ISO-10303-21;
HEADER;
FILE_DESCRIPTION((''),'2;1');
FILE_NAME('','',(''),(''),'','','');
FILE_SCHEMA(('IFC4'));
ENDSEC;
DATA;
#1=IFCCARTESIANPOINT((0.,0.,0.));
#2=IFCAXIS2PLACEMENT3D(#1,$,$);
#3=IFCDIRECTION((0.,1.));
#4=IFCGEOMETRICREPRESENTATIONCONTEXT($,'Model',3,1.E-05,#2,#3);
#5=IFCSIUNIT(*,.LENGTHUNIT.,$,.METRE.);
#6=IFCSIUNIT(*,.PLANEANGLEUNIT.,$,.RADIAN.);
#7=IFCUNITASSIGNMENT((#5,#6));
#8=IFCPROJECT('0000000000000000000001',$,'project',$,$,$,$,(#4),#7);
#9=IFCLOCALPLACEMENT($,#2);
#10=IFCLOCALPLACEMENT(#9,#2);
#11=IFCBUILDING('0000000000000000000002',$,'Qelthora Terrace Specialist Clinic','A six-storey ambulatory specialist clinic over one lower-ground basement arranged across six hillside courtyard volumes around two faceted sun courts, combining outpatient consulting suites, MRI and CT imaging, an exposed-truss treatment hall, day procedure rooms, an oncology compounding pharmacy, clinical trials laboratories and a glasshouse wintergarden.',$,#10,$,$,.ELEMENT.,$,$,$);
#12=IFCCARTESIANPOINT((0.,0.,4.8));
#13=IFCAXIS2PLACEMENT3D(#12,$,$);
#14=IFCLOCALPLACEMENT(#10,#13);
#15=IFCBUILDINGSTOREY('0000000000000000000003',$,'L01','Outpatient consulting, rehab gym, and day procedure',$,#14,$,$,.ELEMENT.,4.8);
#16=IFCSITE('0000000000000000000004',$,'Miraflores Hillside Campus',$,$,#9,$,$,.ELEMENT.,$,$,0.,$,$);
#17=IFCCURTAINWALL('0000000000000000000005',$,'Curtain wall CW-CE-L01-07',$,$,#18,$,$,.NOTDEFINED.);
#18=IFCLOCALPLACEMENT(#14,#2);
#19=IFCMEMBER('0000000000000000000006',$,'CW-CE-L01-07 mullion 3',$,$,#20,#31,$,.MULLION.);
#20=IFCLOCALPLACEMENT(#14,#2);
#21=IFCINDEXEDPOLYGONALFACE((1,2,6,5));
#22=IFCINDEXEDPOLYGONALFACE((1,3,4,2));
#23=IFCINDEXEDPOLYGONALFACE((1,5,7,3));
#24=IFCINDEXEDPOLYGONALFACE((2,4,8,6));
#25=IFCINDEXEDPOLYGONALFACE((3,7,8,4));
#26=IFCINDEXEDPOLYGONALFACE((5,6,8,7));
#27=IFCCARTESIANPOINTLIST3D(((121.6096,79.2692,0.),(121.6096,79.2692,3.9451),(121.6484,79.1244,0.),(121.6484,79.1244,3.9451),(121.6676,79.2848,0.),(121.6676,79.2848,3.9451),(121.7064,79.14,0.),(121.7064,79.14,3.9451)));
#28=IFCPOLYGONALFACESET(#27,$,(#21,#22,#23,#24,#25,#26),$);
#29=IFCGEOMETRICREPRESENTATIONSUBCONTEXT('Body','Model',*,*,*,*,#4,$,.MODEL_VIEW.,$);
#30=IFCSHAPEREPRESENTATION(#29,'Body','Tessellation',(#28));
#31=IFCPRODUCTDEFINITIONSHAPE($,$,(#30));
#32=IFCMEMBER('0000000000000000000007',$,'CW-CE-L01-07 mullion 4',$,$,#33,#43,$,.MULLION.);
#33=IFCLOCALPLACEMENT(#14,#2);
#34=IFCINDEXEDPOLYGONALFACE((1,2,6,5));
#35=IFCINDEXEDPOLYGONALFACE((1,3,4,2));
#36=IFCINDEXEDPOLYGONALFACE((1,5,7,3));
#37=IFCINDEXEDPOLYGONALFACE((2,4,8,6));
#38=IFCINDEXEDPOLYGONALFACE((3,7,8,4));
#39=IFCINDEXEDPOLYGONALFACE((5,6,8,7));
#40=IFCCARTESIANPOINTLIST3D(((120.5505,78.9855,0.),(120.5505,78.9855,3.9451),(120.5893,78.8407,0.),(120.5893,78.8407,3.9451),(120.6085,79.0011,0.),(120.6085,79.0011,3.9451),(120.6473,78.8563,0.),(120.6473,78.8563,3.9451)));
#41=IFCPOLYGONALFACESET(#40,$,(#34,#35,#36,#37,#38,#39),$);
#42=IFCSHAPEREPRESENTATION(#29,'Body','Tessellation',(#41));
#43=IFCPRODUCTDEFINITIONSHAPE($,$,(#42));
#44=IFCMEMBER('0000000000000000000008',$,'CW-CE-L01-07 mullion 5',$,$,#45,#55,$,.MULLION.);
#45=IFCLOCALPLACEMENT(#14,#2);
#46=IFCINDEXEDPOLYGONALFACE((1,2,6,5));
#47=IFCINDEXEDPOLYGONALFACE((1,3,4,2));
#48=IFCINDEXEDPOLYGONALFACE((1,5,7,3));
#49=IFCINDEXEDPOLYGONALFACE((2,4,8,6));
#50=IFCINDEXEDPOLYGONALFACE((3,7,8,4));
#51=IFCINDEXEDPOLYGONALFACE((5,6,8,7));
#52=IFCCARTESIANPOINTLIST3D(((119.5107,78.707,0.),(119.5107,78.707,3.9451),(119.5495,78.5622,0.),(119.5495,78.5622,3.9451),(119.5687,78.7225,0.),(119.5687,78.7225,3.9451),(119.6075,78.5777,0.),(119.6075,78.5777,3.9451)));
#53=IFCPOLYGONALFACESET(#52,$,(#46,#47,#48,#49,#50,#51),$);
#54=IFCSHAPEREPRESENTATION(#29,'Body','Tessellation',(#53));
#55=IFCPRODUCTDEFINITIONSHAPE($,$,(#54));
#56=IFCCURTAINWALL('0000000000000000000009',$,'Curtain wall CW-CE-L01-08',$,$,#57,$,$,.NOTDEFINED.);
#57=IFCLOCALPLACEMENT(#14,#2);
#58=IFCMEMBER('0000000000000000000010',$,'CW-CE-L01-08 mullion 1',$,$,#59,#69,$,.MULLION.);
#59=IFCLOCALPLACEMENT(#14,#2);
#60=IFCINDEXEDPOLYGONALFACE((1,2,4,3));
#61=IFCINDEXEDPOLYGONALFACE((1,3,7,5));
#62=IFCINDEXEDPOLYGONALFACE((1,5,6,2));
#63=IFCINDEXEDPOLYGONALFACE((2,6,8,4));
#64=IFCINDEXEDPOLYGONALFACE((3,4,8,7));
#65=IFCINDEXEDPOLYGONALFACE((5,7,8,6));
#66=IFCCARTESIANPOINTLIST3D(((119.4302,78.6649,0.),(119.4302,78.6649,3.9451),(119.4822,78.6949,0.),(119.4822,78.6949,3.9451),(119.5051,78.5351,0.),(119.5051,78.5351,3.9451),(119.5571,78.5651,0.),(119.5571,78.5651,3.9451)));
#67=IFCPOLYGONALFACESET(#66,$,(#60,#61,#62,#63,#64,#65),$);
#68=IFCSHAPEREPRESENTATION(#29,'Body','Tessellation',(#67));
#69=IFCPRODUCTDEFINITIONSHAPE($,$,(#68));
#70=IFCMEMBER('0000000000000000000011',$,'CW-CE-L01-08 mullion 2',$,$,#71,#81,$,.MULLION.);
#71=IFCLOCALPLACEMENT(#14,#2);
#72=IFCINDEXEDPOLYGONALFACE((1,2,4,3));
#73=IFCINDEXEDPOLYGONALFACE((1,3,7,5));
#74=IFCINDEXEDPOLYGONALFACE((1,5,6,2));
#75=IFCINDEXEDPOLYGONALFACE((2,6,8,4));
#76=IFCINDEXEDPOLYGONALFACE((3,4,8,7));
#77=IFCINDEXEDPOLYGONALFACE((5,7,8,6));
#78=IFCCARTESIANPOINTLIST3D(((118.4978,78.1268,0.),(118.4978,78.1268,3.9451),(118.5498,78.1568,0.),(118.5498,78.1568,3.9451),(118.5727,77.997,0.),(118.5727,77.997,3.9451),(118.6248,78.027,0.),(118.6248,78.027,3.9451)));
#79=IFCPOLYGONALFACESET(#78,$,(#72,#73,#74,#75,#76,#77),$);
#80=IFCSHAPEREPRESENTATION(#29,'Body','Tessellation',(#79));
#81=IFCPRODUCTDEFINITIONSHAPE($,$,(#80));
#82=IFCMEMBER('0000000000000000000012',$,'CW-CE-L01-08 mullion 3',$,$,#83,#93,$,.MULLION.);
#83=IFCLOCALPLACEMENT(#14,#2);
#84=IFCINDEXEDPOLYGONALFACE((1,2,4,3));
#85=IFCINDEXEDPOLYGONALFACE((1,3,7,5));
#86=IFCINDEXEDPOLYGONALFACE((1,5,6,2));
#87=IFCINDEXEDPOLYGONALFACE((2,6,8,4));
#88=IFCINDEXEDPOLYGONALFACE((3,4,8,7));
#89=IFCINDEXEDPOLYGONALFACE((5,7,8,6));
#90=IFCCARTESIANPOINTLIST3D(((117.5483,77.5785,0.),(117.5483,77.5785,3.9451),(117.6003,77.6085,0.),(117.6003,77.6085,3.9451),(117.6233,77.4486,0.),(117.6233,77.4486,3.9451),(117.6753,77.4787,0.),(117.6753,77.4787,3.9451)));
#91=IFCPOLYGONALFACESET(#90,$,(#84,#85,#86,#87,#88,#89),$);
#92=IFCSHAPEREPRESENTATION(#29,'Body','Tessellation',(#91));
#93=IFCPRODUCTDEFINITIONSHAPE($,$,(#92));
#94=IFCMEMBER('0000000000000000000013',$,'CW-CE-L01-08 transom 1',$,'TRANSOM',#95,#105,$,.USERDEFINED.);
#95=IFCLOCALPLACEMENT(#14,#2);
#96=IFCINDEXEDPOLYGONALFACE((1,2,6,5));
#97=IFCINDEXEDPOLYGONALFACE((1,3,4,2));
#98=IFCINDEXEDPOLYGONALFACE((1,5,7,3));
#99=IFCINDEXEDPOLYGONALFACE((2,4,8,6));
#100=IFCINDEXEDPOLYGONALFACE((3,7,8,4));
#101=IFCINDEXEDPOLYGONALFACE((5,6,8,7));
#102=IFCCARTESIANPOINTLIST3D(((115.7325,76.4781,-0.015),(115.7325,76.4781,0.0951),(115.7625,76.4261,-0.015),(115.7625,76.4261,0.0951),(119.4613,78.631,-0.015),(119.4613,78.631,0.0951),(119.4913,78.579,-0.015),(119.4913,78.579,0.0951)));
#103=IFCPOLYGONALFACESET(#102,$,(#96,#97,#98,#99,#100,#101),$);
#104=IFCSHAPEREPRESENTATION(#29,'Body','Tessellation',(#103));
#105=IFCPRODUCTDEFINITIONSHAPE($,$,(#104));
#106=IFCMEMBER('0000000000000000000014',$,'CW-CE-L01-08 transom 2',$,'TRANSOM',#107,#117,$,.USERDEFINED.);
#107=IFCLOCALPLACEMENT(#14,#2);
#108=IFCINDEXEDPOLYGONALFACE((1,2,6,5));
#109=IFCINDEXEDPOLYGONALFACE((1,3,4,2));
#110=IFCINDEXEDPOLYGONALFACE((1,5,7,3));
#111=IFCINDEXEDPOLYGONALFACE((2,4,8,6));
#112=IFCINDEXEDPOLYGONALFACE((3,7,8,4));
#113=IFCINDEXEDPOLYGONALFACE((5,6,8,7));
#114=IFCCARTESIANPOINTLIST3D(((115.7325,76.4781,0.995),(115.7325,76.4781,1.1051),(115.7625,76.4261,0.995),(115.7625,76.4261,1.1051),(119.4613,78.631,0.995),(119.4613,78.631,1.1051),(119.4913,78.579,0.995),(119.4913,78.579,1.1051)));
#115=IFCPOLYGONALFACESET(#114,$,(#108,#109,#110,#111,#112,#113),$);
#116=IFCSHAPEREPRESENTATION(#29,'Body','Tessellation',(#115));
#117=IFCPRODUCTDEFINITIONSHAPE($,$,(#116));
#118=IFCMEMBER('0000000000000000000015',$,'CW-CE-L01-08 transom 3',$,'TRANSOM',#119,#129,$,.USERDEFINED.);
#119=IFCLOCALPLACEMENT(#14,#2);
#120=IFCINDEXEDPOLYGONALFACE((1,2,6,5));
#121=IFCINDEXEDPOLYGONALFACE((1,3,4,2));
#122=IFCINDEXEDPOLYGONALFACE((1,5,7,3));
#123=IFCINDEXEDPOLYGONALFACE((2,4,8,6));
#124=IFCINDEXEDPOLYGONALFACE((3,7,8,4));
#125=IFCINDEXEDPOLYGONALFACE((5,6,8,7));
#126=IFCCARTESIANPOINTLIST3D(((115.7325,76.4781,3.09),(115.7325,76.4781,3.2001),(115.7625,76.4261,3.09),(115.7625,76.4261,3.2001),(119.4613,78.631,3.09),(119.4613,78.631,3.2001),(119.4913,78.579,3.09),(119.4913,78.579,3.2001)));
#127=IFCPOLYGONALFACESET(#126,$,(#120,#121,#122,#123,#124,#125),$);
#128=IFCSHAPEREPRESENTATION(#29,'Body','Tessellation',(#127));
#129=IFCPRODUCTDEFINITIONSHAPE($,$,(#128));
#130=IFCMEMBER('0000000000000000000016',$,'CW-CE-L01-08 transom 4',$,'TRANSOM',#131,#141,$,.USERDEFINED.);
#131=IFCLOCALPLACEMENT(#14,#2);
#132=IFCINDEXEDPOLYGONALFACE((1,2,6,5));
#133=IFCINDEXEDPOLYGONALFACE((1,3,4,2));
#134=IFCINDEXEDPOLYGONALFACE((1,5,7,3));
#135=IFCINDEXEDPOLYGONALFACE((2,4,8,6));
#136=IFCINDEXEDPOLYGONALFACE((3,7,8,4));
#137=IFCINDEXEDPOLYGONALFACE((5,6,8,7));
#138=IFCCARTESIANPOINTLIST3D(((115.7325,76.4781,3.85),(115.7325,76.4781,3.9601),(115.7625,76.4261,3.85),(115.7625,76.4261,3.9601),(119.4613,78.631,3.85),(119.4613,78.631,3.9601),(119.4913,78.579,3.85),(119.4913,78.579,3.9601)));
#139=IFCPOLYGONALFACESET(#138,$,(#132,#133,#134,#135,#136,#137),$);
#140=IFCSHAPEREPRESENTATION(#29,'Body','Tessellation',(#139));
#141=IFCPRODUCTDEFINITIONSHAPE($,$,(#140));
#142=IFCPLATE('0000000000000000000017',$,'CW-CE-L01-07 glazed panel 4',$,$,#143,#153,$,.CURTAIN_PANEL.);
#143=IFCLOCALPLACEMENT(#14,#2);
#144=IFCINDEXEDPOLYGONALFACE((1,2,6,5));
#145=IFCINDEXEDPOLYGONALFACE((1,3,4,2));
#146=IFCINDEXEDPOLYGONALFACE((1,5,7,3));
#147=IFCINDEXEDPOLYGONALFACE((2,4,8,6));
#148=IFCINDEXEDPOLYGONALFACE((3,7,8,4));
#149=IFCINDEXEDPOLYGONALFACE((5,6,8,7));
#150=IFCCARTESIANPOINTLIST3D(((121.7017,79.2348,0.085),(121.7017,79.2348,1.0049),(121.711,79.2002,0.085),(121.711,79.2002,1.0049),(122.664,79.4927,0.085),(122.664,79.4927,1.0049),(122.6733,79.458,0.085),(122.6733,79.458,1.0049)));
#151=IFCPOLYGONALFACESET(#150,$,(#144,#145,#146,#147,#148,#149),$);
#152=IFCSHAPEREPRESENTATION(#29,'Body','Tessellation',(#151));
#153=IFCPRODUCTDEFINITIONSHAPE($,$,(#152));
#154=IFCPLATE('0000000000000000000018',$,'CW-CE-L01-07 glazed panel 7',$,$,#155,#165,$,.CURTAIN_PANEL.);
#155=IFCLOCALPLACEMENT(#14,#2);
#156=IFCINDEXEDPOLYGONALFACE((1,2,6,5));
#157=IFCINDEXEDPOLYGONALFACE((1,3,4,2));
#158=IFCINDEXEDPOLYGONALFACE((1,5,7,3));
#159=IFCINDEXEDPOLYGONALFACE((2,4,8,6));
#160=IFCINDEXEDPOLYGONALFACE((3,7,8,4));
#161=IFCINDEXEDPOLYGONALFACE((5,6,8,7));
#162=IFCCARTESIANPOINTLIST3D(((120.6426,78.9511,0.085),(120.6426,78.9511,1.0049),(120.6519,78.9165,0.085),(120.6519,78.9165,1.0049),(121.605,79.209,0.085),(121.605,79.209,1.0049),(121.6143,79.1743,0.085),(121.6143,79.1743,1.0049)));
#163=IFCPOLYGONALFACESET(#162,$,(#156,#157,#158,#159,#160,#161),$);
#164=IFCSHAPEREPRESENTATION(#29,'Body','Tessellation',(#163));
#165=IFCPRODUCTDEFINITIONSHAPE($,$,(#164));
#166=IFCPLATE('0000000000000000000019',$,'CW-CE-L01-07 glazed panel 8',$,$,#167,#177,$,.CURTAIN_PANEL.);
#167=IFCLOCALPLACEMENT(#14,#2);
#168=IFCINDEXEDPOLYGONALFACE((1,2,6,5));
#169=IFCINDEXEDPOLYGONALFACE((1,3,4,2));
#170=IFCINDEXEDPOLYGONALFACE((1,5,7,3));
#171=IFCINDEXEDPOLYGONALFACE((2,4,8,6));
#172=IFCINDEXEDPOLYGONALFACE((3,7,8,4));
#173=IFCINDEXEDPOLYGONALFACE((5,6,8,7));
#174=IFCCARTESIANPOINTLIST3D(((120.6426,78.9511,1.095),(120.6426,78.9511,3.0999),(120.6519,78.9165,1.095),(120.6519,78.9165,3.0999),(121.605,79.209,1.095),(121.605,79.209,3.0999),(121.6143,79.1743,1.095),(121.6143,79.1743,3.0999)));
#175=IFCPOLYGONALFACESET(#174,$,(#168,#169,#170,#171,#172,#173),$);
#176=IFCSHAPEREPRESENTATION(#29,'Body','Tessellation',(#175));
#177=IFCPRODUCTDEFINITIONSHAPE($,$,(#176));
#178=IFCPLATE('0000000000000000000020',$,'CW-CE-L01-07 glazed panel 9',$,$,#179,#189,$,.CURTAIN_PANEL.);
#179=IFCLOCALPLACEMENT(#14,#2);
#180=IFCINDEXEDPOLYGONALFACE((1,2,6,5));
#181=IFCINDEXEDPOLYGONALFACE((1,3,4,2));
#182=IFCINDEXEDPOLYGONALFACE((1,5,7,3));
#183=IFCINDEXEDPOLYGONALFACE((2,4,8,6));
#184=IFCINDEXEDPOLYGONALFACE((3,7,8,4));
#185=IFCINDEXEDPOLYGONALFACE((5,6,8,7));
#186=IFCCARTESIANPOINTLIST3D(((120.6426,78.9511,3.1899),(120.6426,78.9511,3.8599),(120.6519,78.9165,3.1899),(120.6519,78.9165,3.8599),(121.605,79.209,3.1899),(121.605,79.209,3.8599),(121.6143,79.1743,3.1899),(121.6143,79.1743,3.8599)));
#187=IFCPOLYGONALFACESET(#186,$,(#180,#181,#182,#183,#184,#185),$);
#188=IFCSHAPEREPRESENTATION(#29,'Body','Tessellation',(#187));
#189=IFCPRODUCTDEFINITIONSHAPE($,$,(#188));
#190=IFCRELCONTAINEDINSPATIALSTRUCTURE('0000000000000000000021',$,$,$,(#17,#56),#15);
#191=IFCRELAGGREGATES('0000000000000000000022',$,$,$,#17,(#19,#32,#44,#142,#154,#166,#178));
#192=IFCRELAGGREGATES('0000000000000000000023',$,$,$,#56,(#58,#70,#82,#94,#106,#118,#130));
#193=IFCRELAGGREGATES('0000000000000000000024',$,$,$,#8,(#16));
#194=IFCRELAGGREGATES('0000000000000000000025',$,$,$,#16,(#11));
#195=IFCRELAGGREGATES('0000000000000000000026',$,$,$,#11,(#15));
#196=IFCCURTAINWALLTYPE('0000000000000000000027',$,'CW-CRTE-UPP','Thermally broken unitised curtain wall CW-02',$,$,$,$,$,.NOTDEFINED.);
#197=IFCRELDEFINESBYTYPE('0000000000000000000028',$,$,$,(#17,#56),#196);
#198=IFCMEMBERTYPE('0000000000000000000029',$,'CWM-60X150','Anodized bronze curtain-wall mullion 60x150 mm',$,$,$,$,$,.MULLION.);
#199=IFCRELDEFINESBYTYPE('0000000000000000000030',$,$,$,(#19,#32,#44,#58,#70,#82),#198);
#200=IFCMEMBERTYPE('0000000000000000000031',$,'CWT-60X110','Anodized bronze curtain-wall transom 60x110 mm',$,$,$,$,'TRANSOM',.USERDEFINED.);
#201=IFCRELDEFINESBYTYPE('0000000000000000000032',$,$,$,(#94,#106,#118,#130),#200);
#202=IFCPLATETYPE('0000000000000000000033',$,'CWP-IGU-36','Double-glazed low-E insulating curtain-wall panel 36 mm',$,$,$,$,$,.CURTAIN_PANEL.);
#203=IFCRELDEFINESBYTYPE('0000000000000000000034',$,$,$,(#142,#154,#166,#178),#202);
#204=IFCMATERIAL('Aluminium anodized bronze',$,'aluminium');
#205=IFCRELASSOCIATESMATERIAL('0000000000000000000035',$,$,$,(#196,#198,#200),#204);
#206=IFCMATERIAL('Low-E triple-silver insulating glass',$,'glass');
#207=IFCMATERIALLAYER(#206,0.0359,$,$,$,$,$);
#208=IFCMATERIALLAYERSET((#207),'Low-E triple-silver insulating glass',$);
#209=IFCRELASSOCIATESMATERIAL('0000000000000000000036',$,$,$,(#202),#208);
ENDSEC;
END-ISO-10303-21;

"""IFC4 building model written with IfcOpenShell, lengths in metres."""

from ifc_helpers import new_model, si_unit, direction, frame, origin, origin_2d, place, context, subcontext, project, spatial, rectangle, extrude, material, layer, layer_set, material_profile, profile_set, type_object, element, aggregate, save


model = new_model("IFC4")

# Units and contexts
model_context = context("Model", 3, precision=1e-05, world=origin(), true_north=direction((0.0, 1.0)))
body_context = subcontext(model_context, "Body", "Model", "MODEL_VIEW")
ifc_project = project(units=[si_unit("LENGTHUNIT", "METRE"), si_unit("PLANEANGLEUNIT", "RADIAN")], contexts=[model_context])

# Site, building, storey
site_placement = place(None, origin())
site = spatial("IfcSite", under=ifc_project, at=site_placement, Name="Miraflores Hillside Campus", CompositionType="ELEMENT", RefElevation=0.0)
building_placement = place(site_placement, origin())
building = spatial("IfcBuilding", under=site, at=building_placement, Name="Qelthora Terrace Specialist Clinic", Description="A six-storey ambulatory specialist clinic over one lower-ground basement arranged across six hillside courtyard volumes around two faceted sun courts, combining outpatient consulting suites, MRI and CT imaging, an exposed-truss treatment hall, day procedure rooms, an oncology compounding pharmacy, clinical trials laboratories and a glasshouse wintergarden.", CompositionType="ELEMENT")
storey_placement = place(building_placement, frame((0.0, 0.0, 4.8)))
storey = spatial("IfcBuildingStorey", under=building, at=storey_placement, Name="L01", Description="Outpatient consulting, rehab gym, and day procedure", CompositionType="ELEMENT", Elevation=4.8)

# Curtain walls, members
ifc_material_1 = material(Name="Aluminium anodized bronze", Category="aluminium")
curtain_wall_type = type_object("IfcCurtainWallType", Name="CW-CRTE-UPP", Description="Thermally broken unitised curtain wall CW-02", PredefinedType="NOTDEFINED", material=ifc_material_1)
curtain_wall_1_placement = place(storey_placement, origin())
curtain_wall_1 = element("IfcCurtainWall", 1, at=curtain_wall_1_placement, inside=storey, type_object=curtain_wall_type, Name="Curtain wall CW-CE-L01-07", PredefinedType="NOTDEFINED")
ifc_material_profile_1 = material_profile(ifc_material_1, rectangle(XDim=0.0601, YDim=0.1499, at=origin_2d()), Name="CWM60X150")
ifc_profile_set_1 = profile_set([ifc_material_profile_1], Name="Aluminium anodized bronze")
member_type_1 = type_object("IfcMemberType", Name="CWM-60X150", Description="Anodized bronze curtain-wall mullion 60x150 mm", PredefinedType="MULLION", material=ifc_profile_set_1)
member_1_placement = place(storey_placement, frame((121.658, 79.2046, 0.0), z_axis=(0.0, 0.0, 1.0), x_axis=(-0.965926, -0.25882, 0.0)))
member_1 = element("IfcMember", 2, at=member_1_placement, type_object=member_type_1, Name="CW-CE-L01-07 mullion 3", PredefinedType="MULLION", context=body_context, shape_type="SweptSolid", body=[
    extrude(rectangle(XDim=0.0601, YDim=0.1499, at=origin_2d()), origin(), (0.0, 0.0, 1.0), 3.9451),
])
member_2_placement = place(storey_placement, frame((120.5989, 78.9209, 0.0), z_axis=(0.0, 0.0, 1.0), x_axis=(-0.965926, -0.25882, 0.0)))
member_2 = element("IfcMember", 3, at=member_2_placement, type_object=member_type_1, Name="CW-CE-L01-07 mullion 4", PredefinedType="MULLION", context=body_context, shape_type="SweptSolid", body=[
    extrude(rectangle(XDim=0.0601, YDim=0.1499, at=origin_2d()), origin(), (0.0, 0.0, 1.0), 3.9451),
])
member_3_placement = place(storey_placement, frame((119.5591, 78.6423, 0.0), z_axis=(0.0, 0.0, 1.0), x_axis=(-0.965926, -0.25882, 0.0)))
member_3 = element("IfcMember", 4, at=member_3_placement, type_object=member_type_1, Name="CW-CE-L01-07 mullion 5", PredefinedType="MULLION", context=body_context, shape_type="SweptSolid", body=[
    extrude(rectangle(XDim=0.0601, YDim=0.1499, at=origin_2d()), origin(), (0.0, 0.0, 1.0), 3.9451),
])
curtain_wall_2_placement = place(storey_placement, origin())
curtain_wall_2 = element("IfcCurtainWall", 5, at=curtain_wall_2_placement, inside=storey, type_object=curtain_wall_type, Name="Curtain wall CW-CE-L01-08", PredefinedType="NOTDEFINED")
member_4_placement = place(storey_placement, frame((119.4937, 78.615, 0.0), z_axis=(0.0, 0.0, 1.0), x_axis=(-0.866025, -0.5, 0.0)))
member_4 = element("IfcMember", 6, at=member_4_placement, type_object=member_type_1, Name="CW-CE-L01-08 mullion 1", PredefinedType="MULLION", context=body_context, shape_type="SweptSolid", body=[
    extrude(rectangle(XDim=0.0601, YDim=0.1499, at=origin_2d()), origin(), (0.0, 0.0, 1.0), 3.9451),
])
member_5_placement = place(storey_placement, frame((118.5613, 78.0769, 0.0), z_axis=(0.0, 0.0, 1.0), x_axis=(-0.866025, -0.5, 0.0)))
member_5 = element("IfcMember", 7, at=member_5_placement, type_object=member_type_1, Name="CW-CE-L01-08 mullion 2", PredefinedType="MULLION", context=body_context, shape_type="SweptSolid", body=[
    extrude(rectangle(XDim=0.0601, YDim=0.1499, at=origin_2d()), origin(), (0.0, 0.0, 1.0), 3.9451),
])
member_6_placement = place(storey_placement, frame((117.6118, 77.5286, 0.0), z_axis=(0.0, 0.0, 1.0), x_axis=(-0.866025, -0.5, 0.0)))
member_6 = element("IfcMember", 8, at=member_6_placement, type_object=member_type_1, Name="CW-CE-L01-08 mullion 3", PredefinedType="MULLION", context=body_context, shape_type="SweptSolid", body=[
    extrude(rectangle(XDim=0.0601, YDim=0.1499, at=origin_2d()), origin(), (0.0, 0.0, 1.0), 3.9451),
])
ifc_material_profile_2 = material_profile(ifc_material_1, rectangle(XDim=0.0601, YDim=0.1101, at=origin_2d()), Name="CWT60X110")
ifc_profile_set_2 = profile_set([ifc_material_profile_2], Name="Aluminium anodized bronze")
member_type_2 = type_object("IfcMemberType", Name="CWT-60X110", Description="Anodized bronze curtain-wall transom 60x110 mm", ElementType="TRANSOM", PredefinedType="USERDEFINED", material=ifc_profile_set_2)
member_7_placement = place(storey_placement, frame((119.4763, 78.605, 0.04), z_axis=(-0.866022, -0.500006, 0.0), x_axis=(0.500006, -0.866022, 0.0)))
member_7 = element("IfcMember", 9, at=member_7_placement, type_object=member_type_2, Name="CW-CE-L01-08 transom 1", ObjectType="TRANSOM", PredefinedType="USERDEFINED", context=body_context, shape_type="SweptSolid", body=[
    extrude(rectangle(XDim=0.0601, YDim=0.1101, at=origin_2d()), origin(), (0.0, 0.0, 1.0), 4.3057),
])
member_8_placement = place(storey_placement, frame((119.4763, 78.605, 1.05), z_axis=(-0.866022, -0.500006, 0.0), x_axis=(0.500006, -0.866022, 0.0)))
member_8 = element("IfcMember", 10, at=member_8_placement, type_object=member_type_2, Name="CW-CE-L01-08 transom 2", ObjectType="TRANSOM", PredefinedType="USERDEFINED", context=body_context, shape_type="SweptSolid", body=[
    extrude(rectangle(XDim=0.0601, YDim=0.1101, at=origin_2d()), origin(), (0.0, 0.0, 1.0), 4.3057),
])
member_9_placement = place(storey_placement, frame((119.4763, 78.605, 3.145), z_axis=(-0.866022, -0.500006, 0.0), x_axis=(0.500006, -0.866022, 0.0)))
member_9 = element("IfcMember", 11, at=member_9_placement, type_object=member_type_2, Name="CW-CE-L01-08 transom 3", ObjectType="TRANSOM", PredefinedType="USERDEFINED", context=body_context, shape_type="SweptSolid", body=[
    extrude(rectangle(XDim=0.0601, YDim=0.1101, at=origin_2d()), origin(), (0.0, 0.0, 1.0), 4.3057),
])
member_10_placement = place(storey_placement, frame((119.4763, 78.605, 3.905), z_axis=(-0.866022, -0.500006, 0.0), x_axis=(0.500006, -0.866022, 0.0)))
member_10 = element("IfcMember", 12, at=member_10_placement, type_object=member_type_2, Name="CW-CE-L01-08 transom 4", ObjectType="TRANSOM", PredefinedType="USERDEFINED", context=body_context, shape_type="SweptSolid", body=[
    extrude(rectangle(XDim=0.0601, YDim=0.1101, at=origin_2d()), origin(), (0.0, 0.0, 1.0), 4.3057),
])

# Plates
ifc_material_2 = material(Name="Low-E triple-silver insulating glass", Category="glass")
ifc_layer = layer(ifc_material_2, 0.0359)
ifc_layer_set = layer_set([ifc_layer], Name="Low-E triple-silver insulating glass")
plate_type = type_object("IfcPlateType", Name="CWP-IGU-36", Description="Double-glazed low-E insulating curtain-wall panel 36 mm", PredefinedType="CURTAIN_PANEL", material=ifc_layer_set)
plate_1_placement = place(storey_placement, frame((122.1875, 79.3464, 0.085), z_axis=(0.0, 0.0, 1.0), x_axis=(-0.965926, -0.258819, 0.0)))
plate_1 = element("IfcPlate", 13, at=plate_1_placement, type_object=plate_type, Name="CW-CE-L01-07 glazed panel 4", PredefinedType="CURTAIN_PANEL", context=body_context, shape_type="SweptSolid", body=[
    extrude(rectangle(XDim=0.9963, YDim=0.0359, at=origin_2d()), origin(), (0.0, 0.0, 1.0), 0.9199),
])
plate_2_placement = place(storey_placement, frame((121.1284, 79.0627, 0.085), z_axis=(0.0, 0.0, 1.0), x_axis=(-0.965926, -0.258819, 0.0)))
plate_2 = element("IfcPlate", 14, at=plate_2_placement, type_object=plate_type, Name="CW-CE-L01-07 glazed panel 7", PredefinedType="CURTAIN_PANEL", context=body_context, shape_type="SweptSolid", body=[
    extrude(rectangle(XDim=0.9963, YDim=0.0359, at=origin_2d()), origin(), (0.0, 0.0, 1.0), 0.9199),
])
plate_3_placement = place(storey_placement, frame((121.1284, 79.0627, 1.095), z_axis=(0.0, 0.0, 1.0), x_axis=(-0.965926, -0.258819, 0.0)))
plate_3 = element("IfcPlate", 15, at=plate_3_placement, type_object=plate_type, Name="CW-CE-L01-07 glazed panel 8", PredefinedType="CURTAIN_PANEL", context=body_context, shape_type="SweptSolid", body=[
    extrude(rectangle(XDim=0.9963, YDim=0.0359, at=origin_2d()), origin(), (0.0, 0.0, 1.0), 2.0049),
])
plate_4_placement = place(storey_placement, frame((121.1284, 79.0627, 3.1899), z_axis=(0.0, 0.0, 1.0), x_axis=(-0.965926, -0.258819, 0.0)))
plate_4 = element("IfcPlate", 16, at=plate_4_placement, type_object=plate_type, Name="CW-CE-L01-07 glazed panel 9", PredefinedType="CURTAIN_PANEL", context=body_context, shape_type="SweptSolid", body=[
    extrude(rectangle(XDim=0.9963, YDim=0.0359, at=origin_2d()), origin(), (0.0, 0.0, 1.0), 0.6699),
])
aggregate(curtain_wall_1, [member_1, member_2, member_3, plate_1, plate_2, plate_3, plate_4])
aggregate(curtain_wall_2, [member_4, member_5, member_6, member_7, member_8, member_9, member_10])

save(model, "model.ifc")
